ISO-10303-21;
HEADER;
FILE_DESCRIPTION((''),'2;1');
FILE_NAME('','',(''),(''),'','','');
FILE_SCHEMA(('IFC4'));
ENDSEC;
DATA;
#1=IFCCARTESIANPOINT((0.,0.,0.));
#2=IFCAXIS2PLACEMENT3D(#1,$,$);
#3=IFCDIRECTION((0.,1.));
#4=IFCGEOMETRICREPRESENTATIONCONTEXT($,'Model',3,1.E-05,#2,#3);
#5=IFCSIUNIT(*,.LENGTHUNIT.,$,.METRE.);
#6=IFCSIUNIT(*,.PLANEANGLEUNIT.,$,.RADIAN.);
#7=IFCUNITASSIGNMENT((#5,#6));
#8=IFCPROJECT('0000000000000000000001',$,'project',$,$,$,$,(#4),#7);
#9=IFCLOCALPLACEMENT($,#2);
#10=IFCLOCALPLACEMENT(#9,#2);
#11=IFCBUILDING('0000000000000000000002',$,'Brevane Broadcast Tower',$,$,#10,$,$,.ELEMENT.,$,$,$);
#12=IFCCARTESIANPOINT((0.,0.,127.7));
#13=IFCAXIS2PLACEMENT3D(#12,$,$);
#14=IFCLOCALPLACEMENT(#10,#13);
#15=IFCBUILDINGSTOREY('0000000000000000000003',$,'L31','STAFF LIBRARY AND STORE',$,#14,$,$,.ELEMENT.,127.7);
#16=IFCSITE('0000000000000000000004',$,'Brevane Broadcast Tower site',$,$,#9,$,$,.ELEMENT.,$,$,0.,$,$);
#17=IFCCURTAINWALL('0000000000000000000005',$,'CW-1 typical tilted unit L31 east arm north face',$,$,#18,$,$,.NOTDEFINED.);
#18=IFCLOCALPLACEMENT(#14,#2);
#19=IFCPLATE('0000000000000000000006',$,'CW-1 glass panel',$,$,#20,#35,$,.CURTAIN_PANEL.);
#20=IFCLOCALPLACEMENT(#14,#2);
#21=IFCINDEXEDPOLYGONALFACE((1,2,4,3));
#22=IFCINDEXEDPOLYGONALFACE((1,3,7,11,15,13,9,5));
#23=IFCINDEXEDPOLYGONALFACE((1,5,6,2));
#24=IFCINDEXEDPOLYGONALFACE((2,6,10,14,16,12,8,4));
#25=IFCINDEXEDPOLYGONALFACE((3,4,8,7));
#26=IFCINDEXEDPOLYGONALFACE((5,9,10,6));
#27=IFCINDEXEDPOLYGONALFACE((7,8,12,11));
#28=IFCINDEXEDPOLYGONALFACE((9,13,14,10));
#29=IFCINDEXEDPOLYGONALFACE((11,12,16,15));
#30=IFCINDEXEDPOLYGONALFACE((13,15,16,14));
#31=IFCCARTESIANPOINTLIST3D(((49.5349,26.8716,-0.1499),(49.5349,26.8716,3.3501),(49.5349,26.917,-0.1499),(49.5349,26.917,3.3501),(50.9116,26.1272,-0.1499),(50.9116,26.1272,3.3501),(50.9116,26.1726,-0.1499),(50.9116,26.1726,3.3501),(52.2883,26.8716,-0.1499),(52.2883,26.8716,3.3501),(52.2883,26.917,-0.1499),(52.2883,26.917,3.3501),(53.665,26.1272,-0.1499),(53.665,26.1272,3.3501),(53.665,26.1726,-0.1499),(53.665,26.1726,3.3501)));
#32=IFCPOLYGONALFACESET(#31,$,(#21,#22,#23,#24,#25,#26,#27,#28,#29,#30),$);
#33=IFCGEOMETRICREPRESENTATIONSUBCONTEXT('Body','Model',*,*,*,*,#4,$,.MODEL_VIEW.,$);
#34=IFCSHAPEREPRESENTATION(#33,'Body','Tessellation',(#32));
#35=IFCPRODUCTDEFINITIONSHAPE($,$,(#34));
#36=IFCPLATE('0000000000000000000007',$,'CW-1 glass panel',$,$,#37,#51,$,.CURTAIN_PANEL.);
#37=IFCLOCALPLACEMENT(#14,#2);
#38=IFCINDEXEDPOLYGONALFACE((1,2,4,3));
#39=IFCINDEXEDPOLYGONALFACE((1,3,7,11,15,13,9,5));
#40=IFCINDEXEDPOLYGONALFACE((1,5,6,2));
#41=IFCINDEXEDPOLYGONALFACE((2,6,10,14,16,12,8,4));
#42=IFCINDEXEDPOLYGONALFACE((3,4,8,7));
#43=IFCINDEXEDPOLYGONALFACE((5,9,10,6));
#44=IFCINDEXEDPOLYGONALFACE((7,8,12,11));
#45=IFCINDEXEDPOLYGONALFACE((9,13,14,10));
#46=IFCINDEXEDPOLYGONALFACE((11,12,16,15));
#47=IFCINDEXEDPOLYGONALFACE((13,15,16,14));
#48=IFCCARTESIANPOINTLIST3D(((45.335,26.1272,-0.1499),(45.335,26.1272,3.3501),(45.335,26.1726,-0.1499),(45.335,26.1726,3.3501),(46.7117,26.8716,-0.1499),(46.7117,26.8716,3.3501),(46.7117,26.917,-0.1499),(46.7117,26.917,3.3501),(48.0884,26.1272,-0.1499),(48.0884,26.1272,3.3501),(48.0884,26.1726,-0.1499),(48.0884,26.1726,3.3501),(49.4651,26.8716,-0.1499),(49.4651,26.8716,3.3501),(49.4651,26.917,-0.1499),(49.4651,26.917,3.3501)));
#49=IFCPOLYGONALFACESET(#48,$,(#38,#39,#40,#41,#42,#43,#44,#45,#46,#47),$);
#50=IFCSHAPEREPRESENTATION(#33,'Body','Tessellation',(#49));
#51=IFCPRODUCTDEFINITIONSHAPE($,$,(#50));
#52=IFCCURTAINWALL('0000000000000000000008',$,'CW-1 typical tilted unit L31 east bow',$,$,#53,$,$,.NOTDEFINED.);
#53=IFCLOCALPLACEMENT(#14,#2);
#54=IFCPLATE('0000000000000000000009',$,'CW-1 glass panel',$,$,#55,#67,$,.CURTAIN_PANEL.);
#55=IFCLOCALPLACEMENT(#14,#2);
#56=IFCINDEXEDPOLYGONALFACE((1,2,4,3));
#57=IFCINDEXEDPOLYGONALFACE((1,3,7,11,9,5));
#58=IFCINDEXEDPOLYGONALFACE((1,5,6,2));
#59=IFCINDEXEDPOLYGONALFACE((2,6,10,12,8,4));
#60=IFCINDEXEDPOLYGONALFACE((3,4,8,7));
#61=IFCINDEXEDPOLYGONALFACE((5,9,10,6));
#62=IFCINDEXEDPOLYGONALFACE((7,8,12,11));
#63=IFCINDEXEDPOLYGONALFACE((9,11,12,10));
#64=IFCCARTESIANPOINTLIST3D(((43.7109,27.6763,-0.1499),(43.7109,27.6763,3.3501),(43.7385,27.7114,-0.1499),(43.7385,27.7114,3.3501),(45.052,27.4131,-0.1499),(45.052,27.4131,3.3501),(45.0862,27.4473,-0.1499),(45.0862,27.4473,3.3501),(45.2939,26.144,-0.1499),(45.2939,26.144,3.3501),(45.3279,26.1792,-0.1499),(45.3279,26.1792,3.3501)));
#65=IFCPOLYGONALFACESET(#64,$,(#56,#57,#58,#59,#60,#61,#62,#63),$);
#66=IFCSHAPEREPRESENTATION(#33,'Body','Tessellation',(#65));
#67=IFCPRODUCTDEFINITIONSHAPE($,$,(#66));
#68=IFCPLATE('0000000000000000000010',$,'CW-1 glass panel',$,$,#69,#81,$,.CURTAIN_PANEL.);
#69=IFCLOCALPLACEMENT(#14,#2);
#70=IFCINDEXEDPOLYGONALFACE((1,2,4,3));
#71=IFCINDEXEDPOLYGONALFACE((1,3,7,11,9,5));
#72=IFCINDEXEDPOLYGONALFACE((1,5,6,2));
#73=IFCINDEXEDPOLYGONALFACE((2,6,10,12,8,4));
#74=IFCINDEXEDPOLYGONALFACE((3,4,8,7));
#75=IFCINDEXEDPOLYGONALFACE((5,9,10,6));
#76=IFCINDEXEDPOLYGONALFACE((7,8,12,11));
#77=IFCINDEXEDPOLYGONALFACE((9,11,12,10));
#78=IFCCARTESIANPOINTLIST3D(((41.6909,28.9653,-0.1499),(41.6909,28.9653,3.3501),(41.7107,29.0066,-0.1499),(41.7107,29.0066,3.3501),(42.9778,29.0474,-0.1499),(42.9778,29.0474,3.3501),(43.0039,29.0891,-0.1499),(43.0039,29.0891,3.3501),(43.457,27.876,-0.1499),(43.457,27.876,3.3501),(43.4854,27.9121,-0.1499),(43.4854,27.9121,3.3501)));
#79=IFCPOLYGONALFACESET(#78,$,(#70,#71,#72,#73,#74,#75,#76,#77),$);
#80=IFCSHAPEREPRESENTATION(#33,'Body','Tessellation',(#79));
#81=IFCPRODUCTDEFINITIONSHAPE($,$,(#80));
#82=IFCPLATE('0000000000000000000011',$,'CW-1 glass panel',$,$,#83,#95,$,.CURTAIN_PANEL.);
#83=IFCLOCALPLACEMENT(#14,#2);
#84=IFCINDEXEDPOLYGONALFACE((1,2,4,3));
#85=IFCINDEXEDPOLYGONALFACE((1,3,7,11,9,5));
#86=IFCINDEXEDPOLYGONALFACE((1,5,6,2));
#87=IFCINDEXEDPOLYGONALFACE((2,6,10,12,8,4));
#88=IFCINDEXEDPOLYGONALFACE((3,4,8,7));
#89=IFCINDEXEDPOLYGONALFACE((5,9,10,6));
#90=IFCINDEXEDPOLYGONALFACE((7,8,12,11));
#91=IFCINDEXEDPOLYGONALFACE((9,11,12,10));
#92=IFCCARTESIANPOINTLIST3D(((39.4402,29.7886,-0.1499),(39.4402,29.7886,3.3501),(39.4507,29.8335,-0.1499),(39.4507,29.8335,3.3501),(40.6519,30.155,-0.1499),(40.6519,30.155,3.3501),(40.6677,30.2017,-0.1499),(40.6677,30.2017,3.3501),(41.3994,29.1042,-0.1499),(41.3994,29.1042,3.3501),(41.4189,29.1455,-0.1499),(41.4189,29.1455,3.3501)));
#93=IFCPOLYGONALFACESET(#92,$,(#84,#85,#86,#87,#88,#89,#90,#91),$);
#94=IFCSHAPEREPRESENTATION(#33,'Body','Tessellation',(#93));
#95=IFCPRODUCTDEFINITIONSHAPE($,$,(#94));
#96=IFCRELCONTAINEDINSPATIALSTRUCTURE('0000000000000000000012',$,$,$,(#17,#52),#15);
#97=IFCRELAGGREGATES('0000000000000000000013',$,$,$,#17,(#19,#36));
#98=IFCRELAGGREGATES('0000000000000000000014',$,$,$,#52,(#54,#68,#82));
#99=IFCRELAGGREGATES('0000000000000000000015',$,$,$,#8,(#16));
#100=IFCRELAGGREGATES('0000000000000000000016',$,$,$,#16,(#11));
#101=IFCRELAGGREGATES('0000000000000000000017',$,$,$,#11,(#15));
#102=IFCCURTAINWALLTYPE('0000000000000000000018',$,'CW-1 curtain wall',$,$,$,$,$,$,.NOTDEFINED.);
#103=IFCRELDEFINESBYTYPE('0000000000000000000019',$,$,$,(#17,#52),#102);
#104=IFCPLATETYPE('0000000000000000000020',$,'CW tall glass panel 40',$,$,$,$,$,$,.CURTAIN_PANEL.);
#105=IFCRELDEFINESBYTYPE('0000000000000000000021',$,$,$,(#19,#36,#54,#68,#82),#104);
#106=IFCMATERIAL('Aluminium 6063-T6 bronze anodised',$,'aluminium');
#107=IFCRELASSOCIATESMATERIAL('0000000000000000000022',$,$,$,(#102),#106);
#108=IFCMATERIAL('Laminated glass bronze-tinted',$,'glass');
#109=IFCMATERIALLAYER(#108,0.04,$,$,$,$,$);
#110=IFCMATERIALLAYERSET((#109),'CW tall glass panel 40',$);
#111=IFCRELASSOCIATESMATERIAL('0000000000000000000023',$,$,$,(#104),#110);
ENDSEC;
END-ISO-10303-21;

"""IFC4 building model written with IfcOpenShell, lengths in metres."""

from ifc_helpers import new_model, si_unit, direction, frame, origin, place, context, subcontext, project, spatial, polyline, outline, extrude, material, layer, layer_set, type_object, element, aggregate, save


model = new_model("IFC4")

# Units and contexts
model_context = context("Model", 3, precision=1e-05, world=origin(), true_north=direction((0.0, 1.0)))
body_context = subcontext(model_context, "Body", "Model", "MODEL_VIEW")
ifc_project = project(units=[si_unit("LENGTHUNIT", "METRE"), si_unit("PLANEANGLEUNIT", "RADIAN")], contexts=[model_context])

# Site, building, storey
site_placement = place(None, origin())
site = spatial("IfcSite", under=ifc_project, at=site_placement, Name="Brevane Broadcast Tower site", CompositionType="ELEMENT", RefElevation=0.0)
building_placement = place(site_placement, origin())
building = spatial("IfcBuilding", under=site, at=building_placement, Name="Brevane Broadcast Tower", CompositionType="ELEMENT")
storey_placement = place(building_placement, frame((0.0, 0.0, 127.7)))
storey = spatial("IfcBuildingStorey", under=building, at=storey_placement, Name="L31", Description="STAFF LIBRARY AND STORE", CompositionType="ELEMENT", Elevation=127.7)

# Curtain walls, plates
ifc_material_1 = material(Name="Aluminium 6063-T6 bronze anodised", Category="aluminium")
curtain_wall_type = type_object("IfcCurtainWallType", Name="CW-1 curtain wall", PredefinedType="NOTDEFINED", material=ifc_material_1)
ifc_material_2 = material(Name="Laminated glass bronze-tinted", Category="glass")
ifc_layer = layer(ifc_material_2, 0.04)
ifc_layer_set = layer_set([ifc_layer], Name="CW tall glass panel 40")
plate_type = type_object("IfcPlateType", Name="CW tall glass panel 40", PredefinedType="CURTAIN_PANEL", material=ifc_layer_set)
curtain_wall_1_placement = place(storey_placement, origin())
curtain_wall_1 = element("IfcCurtainWall", 1, at=curtain_wall_1_placement, inside=storey, type_object=curtain_wall_type, Name="CW-1 typical tilted unit L31 east arm north face", PredefinedType="NOTDEFINED")
plate_1_placement = place(storey_placement, frame((0.0, 0.0, -0.1499)))
plate_1 = element("IfcPlate", 2, at=plate_1_placement, type_object=plate_type, Name="CW-1 glass panel", PredefinedType="CURTAIN_PANEL", context=body_context, shape_type="SweptSolid", body=[
    extrude(outline(polyline([(53.665, 26.1272), (53.665, 26.1726), (52.2883, 26.917), (50.9116, 26.1726), (49.5349, 26.917), (49.5349, 26.8716), (50.9116, 26.1272), (52.2883, 26.8716), (53.665, 26.1272)])), origin(), (0.0, 0.0, 1.0), 3.5),
])
plate_2_placement = place(storey_placement, frame((0.0, 0.0, -0.1499)))
plate_2 = element("IfcPlate", 3, at=plate_2_placement, type_object=plate_type, Name="CW-1 glass panel", PredefinedType="CURTAIN_PANEL", context=body_context, shape_type="SweptSolid", body=[
    extrude(outline(polyline([(49.4651, 26.8716), (49.4651, 26.917), (48.0884, 26.1726), (46.7117, 26.917), (45.335, 26.1726), (45.335, 26.1272), (46.7117, 26.8716), (48.0884, 26.1272), (49.4651, 26.8716)])), origin(), (0.0, 0.0, 1.0), 3.5),
])
aggregate(curtain_wall_1, [plate_1, plate_2])
curtain_wall_2_placement = place(storey_placement, origin())
curtain_wall_2 = element("IfcCurtainWall", 4, at=curtain_wall_2_placement, inside=storey, type_object=curtain_wall_type, Name="CW-1 typical tilted unit L31 east bow", PredefinedType="NOTDEFINED")
plate_3_placement = place(storey_placement, frame((0.0, 0.0, -0.1499)))
plate_3 = element("IfcPlate", 5, at=plate_3_placement, type_object=plate_type, Name="CW-1 glass panel", PredefinedType="CURTAIN_PANEL", context=body_context, shape_type="SweptSolid", body=[
    extrude(outline(polyline([(45.2939, 26.144), (45.3279, 26.1792), (45.0862, 27.4473), (43.7385, 27.7114), (43.7109, 27.6763), (45.052, 27.4131), (45.2939, 26.144)])), origin(), (0.0, 0.0, 1.0), 3.5),
])
plate_4_placement = place(storey_placement, frame((0.0, 0.0, -0.1499)))
plate_4 = element("IfcPlate", 6, at=plate_4_placement, type_object=plate_type, Name="CW-1 glass panel", PredefinedType="CURTAIN_PANEL", context=body_context, shape_type="SweptSolid", body=[
    extrude(outline(polyline([(43.457, 27.876), (43.4854, 27.9121), (43.0039, 29.0891), (41.7107, 29.0066), (41.6909, 28.9653), (42.9778, 29.0474), (43.457, 27.876)])), origin(), (0.0, 0.0, 1.0), 3.5),
])
plate_5_placement = place(storey_placement, frame((0.0, 0.0, -0.1499)))
plate_5 = element("IfcPlate", 7, at=plate_5_placement, type_object=plate_type, Name="CW-1 glass panel", PredefinedType="CURTAIN_PANEL", context=body_context, shape_type="SweptSolid", body=[
    extrude(outline(polyline([(41.3994, 29.1042), (41.4189, 29.1455), (40.6677, 30.2017), (39.4507, 29.8335), (39.4402, 29.7886), (40.6519, 30.155), (41.3994, 29.1042)])), origin(), (0.0, 0.0, 1.0), 3.5),
])
aggregate(curtain_wall_2, [plate_3, plate_4, plate_5])

save(model, "model.ifc")
